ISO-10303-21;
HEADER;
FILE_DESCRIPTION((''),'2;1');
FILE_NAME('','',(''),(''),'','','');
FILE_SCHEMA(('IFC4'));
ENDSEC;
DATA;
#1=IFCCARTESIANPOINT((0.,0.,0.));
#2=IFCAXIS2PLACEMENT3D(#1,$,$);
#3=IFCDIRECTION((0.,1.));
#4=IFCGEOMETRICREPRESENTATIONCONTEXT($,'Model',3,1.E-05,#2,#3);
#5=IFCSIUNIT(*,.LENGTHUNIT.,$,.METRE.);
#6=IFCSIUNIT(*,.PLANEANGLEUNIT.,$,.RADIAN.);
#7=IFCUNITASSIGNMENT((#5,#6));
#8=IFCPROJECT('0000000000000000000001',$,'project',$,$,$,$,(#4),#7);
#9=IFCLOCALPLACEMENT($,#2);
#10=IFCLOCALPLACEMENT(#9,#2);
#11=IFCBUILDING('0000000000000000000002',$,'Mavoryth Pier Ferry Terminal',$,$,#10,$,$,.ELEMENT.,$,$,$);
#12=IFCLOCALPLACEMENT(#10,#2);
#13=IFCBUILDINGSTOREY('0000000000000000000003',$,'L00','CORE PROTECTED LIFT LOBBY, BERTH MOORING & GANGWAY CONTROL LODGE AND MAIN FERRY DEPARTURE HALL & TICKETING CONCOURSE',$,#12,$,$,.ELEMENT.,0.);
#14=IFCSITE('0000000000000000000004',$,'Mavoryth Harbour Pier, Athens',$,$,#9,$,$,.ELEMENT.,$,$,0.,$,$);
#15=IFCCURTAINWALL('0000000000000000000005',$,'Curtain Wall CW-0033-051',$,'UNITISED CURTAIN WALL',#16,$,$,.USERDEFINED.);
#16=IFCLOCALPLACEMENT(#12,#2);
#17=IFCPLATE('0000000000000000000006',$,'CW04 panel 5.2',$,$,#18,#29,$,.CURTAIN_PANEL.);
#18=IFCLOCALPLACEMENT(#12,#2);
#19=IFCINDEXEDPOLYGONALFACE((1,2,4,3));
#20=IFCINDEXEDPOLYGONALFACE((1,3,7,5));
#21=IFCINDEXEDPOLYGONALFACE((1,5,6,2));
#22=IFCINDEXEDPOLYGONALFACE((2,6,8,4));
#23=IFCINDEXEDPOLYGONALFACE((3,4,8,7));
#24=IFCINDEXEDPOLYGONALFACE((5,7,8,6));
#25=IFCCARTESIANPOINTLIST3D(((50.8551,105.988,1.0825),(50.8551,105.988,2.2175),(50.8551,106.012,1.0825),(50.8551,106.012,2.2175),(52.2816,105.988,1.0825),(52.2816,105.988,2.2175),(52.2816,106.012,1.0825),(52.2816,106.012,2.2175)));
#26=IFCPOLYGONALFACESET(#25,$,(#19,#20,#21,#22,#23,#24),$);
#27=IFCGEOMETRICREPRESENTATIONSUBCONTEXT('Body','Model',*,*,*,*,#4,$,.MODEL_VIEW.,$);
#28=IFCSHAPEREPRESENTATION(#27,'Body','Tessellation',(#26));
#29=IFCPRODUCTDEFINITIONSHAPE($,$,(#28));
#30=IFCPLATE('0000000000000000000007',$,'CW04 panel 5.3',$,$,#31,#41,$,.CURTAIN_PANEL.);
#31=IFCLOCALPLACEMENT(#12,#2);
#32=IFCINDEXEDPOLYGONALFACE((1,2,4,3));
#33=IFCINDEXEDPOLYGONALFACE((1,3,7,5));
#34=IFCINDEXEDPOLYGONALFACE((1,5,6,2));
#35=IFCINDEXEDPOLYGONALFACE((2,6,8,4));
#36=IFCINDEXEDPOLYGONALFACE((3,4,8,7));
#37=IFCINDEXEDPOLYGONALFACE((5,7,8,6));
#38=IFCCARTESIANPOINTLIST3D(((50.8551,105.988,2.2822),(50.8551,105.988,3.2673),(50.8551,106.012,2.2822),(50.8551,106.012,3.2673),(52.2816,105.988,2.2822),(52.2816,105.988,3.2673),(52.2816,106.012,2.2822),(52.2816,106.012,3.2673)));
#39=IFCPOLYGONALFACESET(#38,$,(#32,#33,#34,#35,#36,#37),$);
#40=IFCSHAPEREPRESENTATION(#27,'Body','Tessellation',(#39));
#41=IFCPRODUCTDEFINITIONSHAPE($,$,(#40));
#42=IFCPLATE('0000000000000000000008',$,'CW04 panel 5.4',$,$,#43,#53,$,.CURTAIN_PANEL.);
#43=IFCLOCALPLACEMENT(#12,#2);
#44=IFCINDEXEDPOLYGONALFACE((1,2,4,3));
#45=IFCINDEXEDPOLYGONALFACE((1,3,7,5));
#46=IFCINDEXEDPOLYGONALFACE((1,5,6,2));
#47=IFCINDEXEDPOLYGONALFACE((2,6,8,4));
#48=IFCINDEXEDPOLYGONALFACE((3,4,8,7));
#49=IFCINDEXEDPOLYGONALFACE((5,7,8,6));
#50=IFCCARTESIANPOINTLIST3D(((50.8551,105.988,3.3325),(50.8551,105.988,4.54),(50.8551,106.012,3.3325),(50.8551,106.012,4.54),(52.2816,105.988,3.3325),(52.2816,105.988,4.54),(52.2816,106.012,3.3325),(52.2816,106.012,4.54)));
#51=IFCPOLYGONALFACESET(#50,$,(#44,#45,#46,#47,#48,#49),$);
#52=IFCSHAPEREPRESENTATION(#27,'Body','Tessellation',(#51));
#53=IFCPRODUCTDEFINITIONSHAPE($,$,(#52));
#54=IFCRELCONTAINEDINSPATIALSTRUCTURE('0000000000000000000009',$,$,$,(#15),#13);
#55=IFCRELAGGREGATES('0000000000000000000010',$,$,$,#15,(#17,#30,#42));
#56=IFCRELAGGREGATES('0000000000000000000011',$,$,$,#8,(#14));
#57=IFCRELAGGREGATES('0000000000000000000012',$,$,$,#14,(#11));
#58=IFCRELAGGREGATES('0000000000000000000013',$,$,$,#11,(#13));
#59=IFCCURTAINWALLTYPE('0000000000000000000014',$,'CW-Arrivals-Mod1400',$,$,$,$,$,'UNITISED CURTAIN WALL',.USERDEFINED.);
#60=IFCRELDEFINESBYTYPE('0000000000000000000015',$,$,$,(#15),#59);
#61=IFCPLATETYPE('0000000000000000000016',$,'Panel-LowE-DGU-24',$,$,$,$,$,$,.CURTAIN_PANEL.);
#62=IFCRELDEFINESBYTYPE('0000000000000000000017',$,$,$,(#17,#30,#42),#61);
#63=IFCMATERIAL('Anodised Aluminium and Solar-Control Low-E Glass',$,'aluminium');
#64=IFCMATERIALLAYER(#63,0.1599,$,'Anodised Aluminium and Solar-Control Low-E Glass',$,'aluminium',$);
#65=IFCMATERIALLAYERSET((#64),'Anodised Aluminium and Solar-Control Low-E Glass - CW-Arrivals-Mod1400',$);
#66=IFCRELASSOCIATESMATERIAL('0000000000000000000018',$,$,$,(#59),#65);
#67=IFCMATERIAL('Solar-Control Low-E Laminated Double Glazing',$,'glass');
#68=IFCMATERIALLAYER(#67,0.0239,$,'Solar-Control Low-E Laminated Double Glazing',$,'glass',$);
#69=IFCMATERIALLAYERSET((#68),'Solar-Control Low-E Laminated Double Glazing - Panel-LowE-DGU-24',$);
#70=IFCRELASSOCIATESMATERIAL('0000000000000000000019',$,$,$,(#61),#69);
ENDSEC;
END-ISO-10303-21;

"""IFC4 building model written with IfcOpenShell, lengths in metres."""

from ifc_helpers import new_model, si_unit, direction, frame, origin, origin_2d, place, context, subcontext, project, spatial, rectangle, extrude, material, layer, layer_set, type_object, element, aggregate, save


model = new_model("IFC4")

# Units and contexts
model_context = context("Model", 3, precision=1e-05, world=origin(), true_north=direction((0.0, 1.0)))
body_context = subcontext(model_context, "Body", "Model", "MODEL_VIEW")
ifc_project = project(units=[si_unit("LENGTHUNIT", "METRE"), si_unit("PLANEANGLEUNIT", "RADIAN")], contexts=[model_context])

# Site, building, storey
site_placement = place(None, origin())
site = spatial("IfcSite", under=ifc_project, at=site_placement, Name="Mavoryth Harbour Pier, Athens", CompositionType="ELEMENT", RefElevation=0.0)
building_placement = place(site_placement, origin())
building = spatial("IfcBuilding", under=site, at=building_placement, Name="Mavoryth Pier Ferry Terminal", CompositionType="ELEMENT")
storey_placement = place(building_placement, origin())
storey = spatial("IfcBuildingStorey", under=building, at=storey_placement, Name="L00", Description="CORE PROTECTED LIFT LOBBY, BERTH MOORING & GANGWAY CONTROL LODGE AND MAIN FERRY DEPARTURE HALL & TICKETING CONCOURSE", CompositionType="ELEMENT", Elevation=0.0)

# Curtain wall, plates
ifc_material_1 = material(Name="Anodised Aluminium and Solar-Control Low-E Glass", Category="aluminium")
ifc_layer_1 = layer(ifc_material_1, 0.1599, Name="Anodised Aluminium and Solar-Control Low-E Glass", Category="aluminium")
ifc_layer_set_1 = layer_set([ifc_layer_1], Name="Anodised Aluminium and Solar-Control Low-E Glass - CW-Arrivals-Mod1400")
curtain_wall_type = type_object("IfcCurtainWallType", Name="CW-Arrivals-Mod1400", ElementType="UNITISED CURTAIN WALL", PredefinedType="USERDEFINED", material=ifc_layer_set_1)
curtain_wall_placement = place(storey_placement, origin())
curtain_wall = element("IfcCurtainWall", 1, at=curtain_wall_placement, inside=storey, type_object=curtain_wall_type, Name="Curtain Wall CW-0033-051", ObjectType="UNITISED CURTAIN WALL", PredefinedType="USERDEFINED")
ifc_material_2 = material(Name="Solar-Control Low-E Laminated Double Glazing", Category="glass")
ifc_layer_2 = layer(ifc_material_2, 0.0239, Name="Solar-Control Low-E Laminated Double Glazing", Category="glass")
ifc_layer_set_2 = layer_set([ifc_layer_2], Name="Solar-Control Low-E Laminated Double Glazing - Panel-LowE-DGU-24")
plate_type = type_object("IfcPlateType", Name="Panel-LowE-DGU-24", PredefinedType="CURTAIN_PANEL", material=ifc_layer_set_2)
plate_1_placement = place(storey_placement, frame((51.5684, 106.0, 1.0825), z_axis=(0.0, 0.0, 1.0), x_axis=(-1.0, 0.0, 0.0)))
plate_1 = element("IfcPlate", 2, at=plate_1_placement, type_object=plate_type, Name="CW04 panel 5.2", PredefinedType="CURTAIN_PANEL", context=body_context, shape_type="SweptSolid", body=[
    extrude(rectangle(XDim=1.4265, YDim=0.0239, at=origin_2d()), origin(), (0.0, 0.0, 1.0), 1.135),
])
plate_2_placement = place(storey_placement, frame((51.5684, 106.0, 2.2822), z_axis=(0.0, 0.0, 1.0), x_axis=(-1.0, 0.0, 0.0)))
plate_2 = element("IfcPlate", 3, at=plate_2_placement, type_object=plate_type, Name="CW04 panel 5.3", PredefinedType="CURTAIN_PANEL", context=body_context, shape_type="SweptSolid", body=[
    extrude(rectangle(XDim=1.4265, YDim=0.0239, at=origin_2d()), origin(), (0.0, 0.0, 1.0), 0.9851),
])
plate_3_placement = place(storey_placement, frame((51.5684, 106.0, 3.3325), z_axis=(0.0, 0.0, 1.0), x_axis=(-1.0, 0.0, 0.0)))
plate_3 = element("IfcPlate", 4, at=plate_3_placement, type_object=plate_type, Name="CW04 panel 5.4", PredefinedType="CURTAIN_PANEL", context=body_context, shape_type="SweptSolid", body=[
    extrude(rectangle(XDim=1.4265, YDim=0.0239, at=origin_2d()), origin(), (0.0, 0.0, 1.0), 1.2075),
])
aggregate(curtain_wall, [plate_1, plate_2, plate_3])

save(model, "model.ifc")
